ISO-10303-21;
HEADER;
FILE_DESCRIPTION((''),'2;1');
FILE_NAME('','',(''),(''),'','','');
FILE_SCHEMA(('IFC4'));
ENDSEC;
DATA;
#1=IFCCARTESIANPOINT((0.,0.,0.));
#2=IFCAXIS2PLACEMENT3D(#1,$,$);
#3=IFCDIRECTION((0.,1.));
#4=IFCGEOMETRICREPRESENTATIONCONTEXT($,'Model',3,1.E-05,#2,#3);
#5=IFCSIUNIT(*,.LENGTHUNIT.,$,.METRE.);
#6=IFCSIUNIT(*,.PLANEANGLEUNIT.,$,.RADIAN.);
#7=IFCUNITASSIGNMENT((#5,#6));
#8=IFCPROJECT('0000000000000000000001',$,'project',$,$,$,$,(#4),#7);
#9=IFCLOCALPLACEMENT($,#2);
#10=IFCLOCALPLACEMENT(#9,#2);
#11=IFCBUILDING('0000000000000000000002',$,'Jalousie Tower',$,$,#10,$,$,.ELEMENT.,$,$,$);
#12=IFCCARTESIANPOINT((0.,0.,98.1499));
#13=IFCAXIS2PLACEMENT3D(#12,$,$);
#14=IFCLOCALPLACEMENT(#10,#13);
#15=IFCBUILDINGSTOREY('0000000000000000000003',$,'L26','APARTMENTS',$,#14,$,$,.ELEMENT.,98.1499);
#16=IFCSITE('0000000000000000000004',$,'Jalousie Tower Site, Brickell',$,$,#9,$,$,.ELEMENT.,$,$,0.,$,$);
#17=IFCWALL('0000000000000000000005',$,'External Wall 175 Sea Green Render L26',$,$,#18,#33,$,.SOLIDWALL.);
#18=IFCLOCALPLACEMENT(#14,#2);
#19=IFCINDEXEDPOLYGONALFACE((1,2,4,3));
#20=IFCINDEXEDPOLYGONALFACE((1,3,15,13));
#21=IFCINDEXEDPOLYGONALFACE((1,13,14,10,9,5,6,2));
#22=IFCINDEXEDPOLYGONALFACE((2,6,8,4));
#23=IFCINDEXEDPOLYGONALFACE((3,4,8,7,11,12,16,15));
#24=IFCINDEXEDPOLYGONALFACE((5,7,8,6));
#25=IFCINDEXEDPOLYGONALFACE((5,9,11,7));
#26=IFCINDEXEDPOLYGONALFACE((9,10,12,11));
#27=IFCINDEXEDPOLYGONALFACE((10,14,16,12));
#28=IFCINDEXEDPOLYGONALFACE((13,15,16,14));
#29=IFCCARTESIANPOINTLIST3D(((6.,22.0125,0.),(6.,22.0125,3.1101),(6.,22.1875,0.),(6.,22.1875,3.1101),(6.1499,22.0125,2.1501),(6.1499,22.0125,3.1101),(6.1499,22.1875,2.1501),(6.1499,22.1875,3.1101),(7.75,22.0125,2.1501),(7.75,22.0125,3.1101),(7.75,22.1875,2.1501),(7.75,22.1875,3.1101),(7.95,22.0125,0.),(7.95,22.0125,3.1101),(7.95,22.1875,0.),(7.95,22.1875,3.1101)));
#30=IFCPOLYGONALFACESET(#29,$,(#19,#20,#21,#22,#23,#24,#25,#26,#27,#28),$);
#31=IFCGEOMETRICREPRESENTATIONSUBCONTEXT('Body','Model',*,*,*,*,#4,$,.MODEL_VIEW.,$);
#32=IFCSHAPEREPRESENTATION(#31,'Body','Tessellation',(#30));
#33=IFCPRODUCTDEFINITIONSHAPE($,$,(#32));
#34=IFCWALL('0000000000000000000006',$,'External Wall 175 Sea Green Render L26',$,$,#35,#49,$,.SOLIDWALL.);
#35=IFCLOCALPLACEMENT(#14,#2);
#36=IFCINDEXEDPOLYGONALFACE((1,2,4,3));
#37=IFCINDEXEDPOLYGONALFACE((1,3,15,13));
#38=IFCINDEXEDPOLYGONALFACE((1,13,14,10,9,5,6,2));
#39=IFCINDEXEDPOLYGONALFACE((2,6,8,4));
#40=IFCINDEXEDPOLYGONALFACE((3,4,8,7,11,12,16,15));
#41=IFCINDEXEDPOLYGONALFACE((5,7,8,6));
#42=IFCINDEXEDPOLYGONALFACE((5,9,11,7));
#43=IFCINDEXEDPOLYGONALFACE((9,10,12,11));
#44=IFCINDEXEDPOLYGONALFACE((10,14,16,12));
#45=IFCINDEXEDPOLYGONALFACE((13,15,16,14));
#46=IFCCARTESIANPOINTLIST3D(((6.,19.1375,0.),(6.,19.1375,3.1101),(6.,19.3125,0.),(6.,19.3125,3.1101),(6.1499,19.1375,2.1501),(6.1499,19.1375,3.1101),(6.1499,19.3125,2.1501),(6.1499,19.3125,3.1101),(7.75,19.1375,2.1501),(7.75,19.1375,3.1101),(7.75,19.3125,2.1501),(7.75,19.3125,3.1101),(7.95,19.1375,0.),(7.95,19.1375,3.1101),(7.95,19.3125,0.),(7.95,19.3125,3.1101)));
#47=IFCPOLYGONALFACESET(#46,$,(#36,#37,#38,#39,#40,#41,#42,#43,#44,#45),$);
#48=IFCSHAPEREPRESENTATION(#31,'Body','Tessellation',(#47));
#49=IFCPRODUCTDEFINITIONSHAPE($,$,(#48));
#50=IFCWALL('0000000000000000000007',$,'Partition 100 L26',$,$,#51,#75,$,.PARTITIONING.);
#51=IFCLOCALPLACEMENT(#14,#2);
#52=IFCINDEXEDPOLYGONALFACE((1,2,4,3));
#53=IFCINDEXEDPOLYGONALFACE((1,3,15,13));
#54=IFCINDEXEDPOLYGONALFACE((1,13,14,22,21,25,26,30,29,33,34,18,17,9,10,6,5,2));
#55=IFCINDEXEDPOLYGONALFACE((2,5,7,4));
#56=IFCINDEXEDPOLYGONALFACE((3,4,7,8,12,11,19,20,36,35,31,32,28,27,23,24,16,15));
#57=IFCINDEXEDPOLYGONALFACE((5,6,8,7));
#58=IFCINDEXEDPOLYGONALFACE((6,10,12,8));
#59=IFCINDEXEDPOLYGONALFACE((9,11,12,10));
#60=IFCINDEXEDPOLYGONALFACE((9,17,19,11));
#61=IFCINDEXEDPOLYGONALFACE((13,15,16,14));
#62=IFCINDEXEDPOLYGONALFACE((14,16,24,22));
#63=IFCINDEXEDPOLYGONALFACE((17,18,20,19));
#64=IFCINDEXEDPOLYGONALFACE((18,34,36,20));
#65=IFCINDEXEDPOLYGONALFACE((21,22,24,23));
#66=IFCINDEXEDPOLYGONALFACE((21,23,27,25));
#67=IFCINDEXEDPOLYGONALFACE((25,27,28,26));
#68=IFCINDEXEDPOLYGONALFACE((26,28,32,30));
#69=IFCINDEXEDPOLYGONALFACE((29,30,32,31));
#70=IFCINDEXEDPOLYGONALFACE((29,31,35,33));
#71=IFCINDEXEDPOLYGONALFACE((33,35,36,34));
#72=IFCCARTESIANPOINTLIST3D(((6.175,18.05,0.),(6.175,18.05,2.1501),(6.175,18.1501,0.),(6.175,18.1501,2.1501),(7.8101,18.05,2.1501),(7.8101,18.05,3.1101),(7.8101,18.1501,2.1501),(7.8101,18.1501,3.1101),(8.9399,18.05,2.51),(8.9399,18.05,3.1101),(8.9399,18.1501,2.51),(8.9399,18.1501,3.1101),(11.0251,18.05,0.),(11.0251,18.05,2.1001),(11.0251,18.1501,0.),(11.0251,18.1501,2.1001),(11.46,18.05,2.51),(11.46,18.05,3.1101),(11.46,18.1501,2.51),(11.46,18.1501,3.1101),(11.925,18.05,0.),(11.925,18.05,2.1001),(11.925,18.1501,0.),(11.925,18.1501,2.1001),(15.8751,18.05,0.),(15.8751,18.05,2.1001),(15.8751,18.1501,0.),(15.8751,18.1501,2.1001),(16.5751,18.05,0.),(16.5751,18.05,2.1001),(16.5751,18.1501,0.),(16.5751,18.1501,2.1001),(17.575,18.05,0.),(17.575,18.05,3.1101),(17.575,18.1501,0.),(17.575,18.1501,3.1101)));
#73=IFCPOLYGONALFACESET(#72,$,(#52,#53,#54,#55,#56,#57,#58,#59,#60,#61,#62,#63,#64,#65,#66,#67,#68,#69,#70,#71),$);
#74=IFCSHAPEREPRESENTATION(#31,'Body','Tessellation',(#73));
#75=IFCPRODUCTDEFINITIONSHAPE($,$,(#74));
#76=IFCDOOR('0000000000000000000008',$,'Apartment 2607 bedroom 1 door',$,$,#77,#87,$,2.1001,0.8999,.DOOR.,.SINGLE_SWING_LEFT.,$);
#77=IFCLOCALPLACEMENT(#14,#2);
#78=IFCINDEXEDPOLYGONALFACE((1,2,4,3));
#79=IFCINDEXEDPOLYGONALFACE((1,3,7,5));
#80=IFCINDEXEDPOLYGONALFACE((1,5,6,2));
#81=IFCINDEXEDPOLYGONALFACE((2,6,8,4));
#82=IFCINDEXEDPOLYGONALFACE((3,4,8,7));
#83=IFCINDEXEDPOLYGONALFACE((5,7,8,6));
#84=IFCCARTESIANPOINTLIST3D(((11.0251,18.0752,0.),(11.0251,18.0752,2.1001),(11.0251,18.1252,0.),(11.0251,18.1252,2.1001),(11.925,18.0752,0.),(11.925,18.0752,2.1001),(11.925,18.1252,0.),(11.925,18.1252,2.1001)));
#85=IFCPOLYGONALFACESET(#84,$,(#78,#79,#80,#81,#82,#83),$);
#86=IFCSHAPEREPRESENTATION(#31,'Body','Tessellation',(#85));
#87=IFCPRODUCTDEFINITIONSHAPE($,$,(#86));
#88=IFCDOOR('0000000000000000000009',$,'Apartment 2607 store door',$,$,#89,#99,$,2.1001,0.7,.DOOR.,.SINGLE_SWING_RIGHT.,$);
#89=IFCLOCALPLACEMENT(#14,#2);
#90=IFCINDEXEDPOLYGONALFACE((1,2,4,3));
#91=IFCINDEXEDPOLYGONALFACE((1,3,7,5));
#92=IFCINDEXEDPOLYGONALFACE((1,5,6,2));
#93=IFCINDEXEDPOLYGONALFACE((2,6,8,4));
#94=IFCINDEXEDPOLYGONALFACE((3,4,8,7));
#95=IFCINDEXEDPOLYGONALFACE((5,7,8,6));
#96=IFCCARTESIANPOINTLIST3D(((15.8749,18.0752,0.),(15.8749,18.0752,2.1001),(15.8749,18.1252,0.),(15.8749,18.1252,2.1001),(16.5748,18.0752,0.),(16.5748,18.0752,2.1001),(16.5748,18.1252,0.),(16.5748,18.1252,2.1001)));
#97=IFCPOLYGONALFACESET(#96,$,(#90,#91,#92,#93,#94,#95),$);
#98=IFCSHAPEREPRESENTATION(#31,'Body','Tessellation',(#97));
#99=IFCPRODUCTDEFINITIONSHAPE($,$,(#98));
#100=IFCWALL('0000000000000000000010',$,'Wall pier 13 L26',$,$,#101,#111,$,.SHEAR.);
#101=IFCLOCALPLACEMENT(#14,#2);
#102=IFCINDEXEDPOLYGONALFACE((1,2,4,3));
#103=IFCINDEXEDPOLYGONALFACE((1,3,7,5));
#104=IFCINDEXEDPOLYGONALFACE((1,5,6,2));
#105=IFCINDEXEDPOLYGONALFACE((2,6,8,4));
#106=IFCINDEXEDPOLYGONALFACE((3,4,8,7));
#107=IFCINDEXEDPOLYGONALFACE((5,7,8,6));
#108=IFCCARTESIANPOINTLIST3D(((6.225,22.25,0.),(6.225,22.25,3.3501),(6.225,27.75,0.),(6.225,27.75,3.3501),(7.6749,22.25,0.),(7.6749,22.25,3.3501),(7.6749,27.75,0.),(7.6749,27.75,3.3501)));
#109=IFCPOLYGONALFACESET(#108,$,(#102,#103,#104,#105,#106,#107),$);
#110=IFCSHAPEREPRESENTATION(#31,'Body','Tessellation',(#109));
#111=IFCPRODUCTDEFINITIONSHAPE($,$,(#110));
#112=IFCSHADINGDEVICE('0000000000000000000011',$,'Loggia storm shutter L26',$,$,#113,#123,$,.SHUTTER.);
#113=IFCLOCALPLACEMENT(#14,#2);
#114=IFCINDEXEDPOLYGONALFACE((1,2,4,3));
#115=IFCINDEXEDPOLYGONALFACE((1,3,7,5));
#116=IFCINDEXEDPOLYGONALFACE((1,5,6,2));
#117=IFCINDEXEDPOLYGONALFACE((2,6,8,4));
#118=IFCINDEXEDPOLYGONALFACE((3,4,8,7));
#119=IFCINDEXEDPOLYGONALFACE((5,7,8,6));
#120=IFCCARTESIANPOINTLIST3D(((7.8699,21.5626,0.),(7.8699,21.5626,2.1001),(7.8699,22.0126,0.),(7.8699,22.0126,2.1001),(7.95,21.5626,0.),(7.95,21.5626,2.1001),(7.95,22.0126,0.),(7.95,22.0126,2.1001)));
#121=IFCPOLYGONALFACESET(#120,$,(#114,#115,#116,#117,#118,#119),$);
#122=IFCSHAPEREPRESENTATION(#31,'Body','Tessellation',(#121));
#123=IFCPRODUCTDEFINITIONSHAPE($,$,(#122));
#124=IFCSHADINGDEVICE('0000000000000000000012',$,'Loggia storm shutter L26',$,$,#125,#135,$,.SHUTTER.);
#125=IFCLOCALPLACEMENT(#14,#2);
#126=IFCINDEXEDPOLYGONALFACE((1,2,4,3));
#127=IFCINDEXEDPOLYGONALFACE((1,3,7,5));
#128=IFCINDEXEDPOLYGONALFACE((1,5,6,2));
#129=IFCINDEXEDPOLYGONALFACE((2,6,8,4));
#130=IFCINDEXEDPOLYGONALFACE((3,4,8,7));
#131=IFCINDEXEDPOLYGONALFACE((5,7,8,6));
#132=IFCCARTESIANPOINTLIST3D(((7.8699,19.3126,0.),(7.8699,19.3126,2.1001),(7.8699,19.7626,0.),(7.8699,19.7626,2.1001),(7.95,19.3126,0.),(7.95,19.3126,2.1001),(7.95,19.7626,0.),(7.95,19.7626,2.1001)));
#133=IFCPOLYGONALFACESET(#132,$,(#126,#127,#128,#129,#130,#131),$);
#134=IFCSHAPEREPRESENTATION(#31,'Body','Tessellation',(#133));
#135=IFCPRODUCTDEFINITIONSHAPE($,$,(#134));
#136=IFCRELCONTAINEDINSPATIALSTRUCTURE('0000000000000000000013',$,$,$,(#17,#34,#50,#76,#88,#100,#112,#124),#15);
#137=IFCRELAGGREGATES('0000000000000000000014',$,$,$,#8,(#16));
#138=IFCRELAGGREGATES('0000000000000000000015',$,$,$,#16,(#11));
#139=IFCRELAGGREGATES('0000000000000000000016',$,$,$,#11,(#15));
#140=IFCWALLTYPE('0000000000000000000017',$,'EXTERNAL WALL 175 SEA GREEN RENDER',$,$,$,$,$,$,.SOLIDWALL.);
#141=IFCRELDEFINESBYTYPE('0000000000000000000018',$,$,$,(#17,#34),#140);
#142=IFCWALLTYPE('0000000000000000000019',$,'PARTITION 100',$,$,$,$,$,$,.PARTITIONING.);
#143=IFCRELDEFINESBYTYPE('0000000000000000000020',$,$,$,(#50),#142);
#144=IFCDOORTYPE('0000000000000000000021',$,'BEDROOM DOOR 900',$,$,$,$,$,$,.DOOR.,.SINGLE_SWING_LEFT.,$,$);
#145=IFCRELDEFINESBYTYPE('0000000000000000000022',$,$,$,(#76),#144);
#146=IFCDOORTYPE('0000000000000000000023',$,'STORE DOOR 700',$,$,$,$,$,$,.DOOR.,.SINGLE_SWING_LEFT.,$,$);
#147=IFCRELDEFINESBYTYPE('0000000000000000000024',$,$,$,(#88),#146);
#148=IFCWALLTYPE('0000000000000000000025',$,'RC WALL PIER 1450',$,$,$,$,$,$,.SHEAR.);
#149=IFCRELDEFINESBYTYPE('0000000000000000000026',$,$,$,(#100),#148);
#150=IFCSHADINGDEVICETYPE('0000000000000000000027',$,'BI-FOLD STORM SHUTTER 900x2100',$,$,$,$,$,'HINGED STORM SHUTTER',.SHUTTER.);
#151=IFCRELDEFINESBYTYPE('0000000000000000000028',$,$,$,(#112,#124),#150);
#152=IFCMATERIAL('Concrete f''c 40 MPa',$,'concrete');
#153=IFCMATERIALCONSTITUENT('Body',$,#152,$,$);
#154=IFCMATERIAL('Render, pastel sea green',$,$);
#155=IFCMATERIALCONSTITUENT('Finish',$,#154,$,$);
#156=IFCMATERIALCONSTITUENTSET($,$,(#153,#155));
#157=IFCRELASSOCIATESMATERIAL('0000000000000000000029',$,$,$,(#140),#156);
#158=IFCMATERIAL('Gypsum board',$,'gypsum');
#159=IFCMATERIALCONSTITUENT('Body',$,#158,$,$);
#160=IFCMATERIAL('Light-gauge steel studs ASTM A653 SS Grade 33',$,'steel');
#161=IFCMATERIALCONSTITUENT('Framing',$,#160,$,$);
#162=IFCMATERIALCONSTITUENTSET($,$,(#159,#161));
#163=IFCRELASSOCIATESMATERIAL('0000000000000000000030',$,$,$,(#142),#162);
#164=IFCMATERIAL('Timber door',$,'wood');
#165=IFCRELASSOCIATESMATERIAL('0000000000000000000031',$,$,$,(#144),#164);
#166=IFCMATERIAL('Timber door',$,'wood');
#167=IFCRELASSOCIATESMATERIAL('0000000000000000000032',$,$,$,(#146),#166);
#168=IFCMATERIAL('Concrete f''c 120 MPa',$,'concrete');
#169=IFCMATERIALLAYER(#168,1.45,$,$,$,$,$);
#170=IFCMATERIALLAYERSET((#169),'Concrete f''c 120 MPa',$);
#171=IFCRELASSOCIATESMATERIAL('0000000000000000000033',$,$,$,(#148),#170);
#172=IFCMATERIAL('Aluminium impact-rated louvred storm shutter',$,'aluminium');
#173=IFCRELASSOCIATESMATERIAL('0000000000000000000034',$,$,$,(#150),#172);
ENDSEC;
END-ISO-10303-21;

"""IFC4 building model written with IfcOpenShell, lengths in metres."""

from ifc_helpers import new_model, si_unit, direction, frame, frame_2d, origin, origin_2d, place, context, subcontext, project, spatial, polyline, rectangle, outline, extrude, material, layer, layer_set, constituent, constituent_set, type_object, element, fill, save


model = new_model("IFC4")

# Units and contexts
model_context = context("Model", 3, precision=1e-05, world=origin(), true_north=direction((0.0, 1.0)))
body_context = subcontext(model_context, "Body", "Model", "MODEL_VIEW")
ifc_project = project(units=[si_unit("LENGTHUNIT", "METRE"), si_unit("PLANEANGLEUNIT", "RADIAN")], contexts=[model_context])

# Site, building, storey
site_placement = place(None, origin())
site = spatial("IfcSite", under=ifc_project, at=site_placement, Name="Jalousie Tower Site, Brickell", CompositionType="ELEMENT", RefElevation=0.0)
building_placement = place(site_placement, origin())
building = spatial("IfcBuilding", under=site, at=building_placement, Name="Jalousie Tower", CompositionType="ELEMENT")
storey_placement = place(building_placement, frame((0.0, 0.0, 98.1499)))
storey = spatial("IfcBuildingStorey", under=building, at=storey_placement, Name="L26", Description="APARTMENTS", CompositionType="ELEMENT", Elevation=98.1499)

# Shared definitions
ifc_material_1 = material(Name="Concrete f'c 40 MPa", Category="concrete")
ifc_constituent_1 = constituent(ifc_material_1, Name="Body")
ifc_material_2 = material(Name="Render, pastel sea green")
ifc_constituent_2 = constituent(ifc_material_2, Name="Finish")
ifc_constituent_set_1 = constituent_set(constituents=[ifc_constituent_1, ifc_constituent_2])
wall_type_1 = type_object("IfcWallType", Name="EXTERNAL WALL 175 SEA GREEN RENDER", PredefinedType="SOLIDWALL", material=ifc_constituent_set_1)

# Walls
for number, where, z_axis, x_axis, name in (
    (1, (6.0, 22.1001, 0.0), (0.0, 0.0, 1.0), (1.0, 0.0, 0.0), "External Wall 175 Sea Green Render L26"),
    (2, (6.0, 19.2251, 0.0), (0.0, 0.0, 1.0), (1.0, 0.0, 0.0), "External Wall 175 Sea Green Render L26"),
):
    element("IfcWall", number, at=place(storey_placement, frame(where, z_axis=z_axis, x_axis=x_axis)), inside=storey, type_object=wall_type_1, Name=name, PredefinedType="SOLIDWALL", context=body_context, shape_type="SweptSolid", body=[
        extrude(outline(polyline([(0.0, 0.0), (1.95, 0.0), (1.95, 3.1101), (1.75, 3.1101), (1.75, 2.1501), (0.1499, 2.1501), (0.1499, 3.1101), (0.0, 3.1101), (0.0, 0.0)])), frame((0.0, 0.0874, 0.0), z_axis=(0.0, -1.0, 0.0), x_axis=(1.0, 0.0, 0.0)), (0.0, 0.0, 1.0), 0.175),
    ])

# Wall, openings, doors
ifc_material_3 = material(Name="Gypsum board", Category="gypsum")
ifc_constituent_3 = constituent(ifc_material_3, Name="Body")
ifc_material_4 = material(Name="Light-gauge steel studs ASTM A653 SS Grade 33", Category="steel")
ifc_constituent_4 = constituent(ifc_material_4, Name="Framing")
ifc_constituent_set_2 = constituent_set(constituents=[ifc_constituent_3, ifc_constituent_4])
wall_type_2 = type_object("IfcWallType", Name="PARTITION 100", PredefinedType="PARTITIONING", material=ifc_constituent_set_2)
wall_1_placement = place(storey_placement, frame((6.175, 18.1001, 0.0), z_axis=(0.0, 0.0, 1.0), x_axis=(1.0, 0.0, 0.0)))
wall_1 = element("IfcWall", 3, at=wall_1_placement, inside=storey, type_object=wall_type_2, Name="Partition 100 L26", PredefinedType="PARTITIONING", context=body_context, shape_type="SweptSolid", body=[
    extrude(outline(polyline([(0.0, 0.0), (11.3999, 0.0), (11.3999, 3.1101), (5.2849, 3.1101), (5.2849, 2.51), (2.7649, 2.51), (2.7649, 3.1101), (1.635, 3.1101), (1.635, 2.1501), (0.0, 2.1501), (0.0, 3.1101), (0.0, 0.0)])), frame((0.0, 0.05, 0.0), z_axis=(0.0, -1.0, 0.0), x_axis=(1.0, 0.0, 0.0)), (0.0, 0.0, 1.0), 0.1001),
])
opening_1_placement = place(wall_1_placement, frame((4.8501, 0.0, 0.0)))
opening_1 = element("IfcOpeningElement", 4, at=opening_1_placement, cuts=wall_1, PredefinedType="OPENING", context=body_context, shape_type="SweptSolid", body=[
    extrude(rectangle(XDim=0.8999, YDim=2.1001, at=frame_2d((0.45, 1.05))), frame((0.0, 0.0601, 0.0), z_axis=(0.0, -1.0, 0.0), x_axis=(1.0, 0.0, 0.0)), (0.0, 0.0, 1.0), 0.1201),
])
opening_2_placement = place(wall_1_placement, frame((9.7, 0.0, 0.0)))
opening_2 = element("IfcOpeningElement", 5, at=opening_2_placement, cuts=wall_1, PredefinedType="OPENING", context=body_context, shape_type="SweptSolid", body=[
    extrude(rectangle(XDim=0.7, YDim=2.1001, at=frame_2d((0.3501, 1.05))), frame((0.0, 0.0601, 0.0), z_axis=(0.0, -1.0, 0.0), x_axis=(1.0, 0.0, 0.0)), (0.0, 0.0, 1.0), 0.1201),
])
ifc_material_5 = material(Name="Timber door", Category="wood")
door_type_1 = type_object("IfcDoorType", Name="BEDROOM DOOR 900", OperationType="SINGLE_SWING_LEFT", PredefinedType="DOOR", material=ifc_material_5)
door_1_placement = place(opening_1_placement, frame((0.8999, 0.0, 0.0), z_axis=(0.0, 0.0, 1.0), x_axis=(-1.0, 0.0, 0.0)))
door_1 = element("IfcDoor", 6, at=door_1_placement, inside=storey, type_object=door_type_1, Name="Apartment 2607 bedroom 1 door", OperationType="SINGLE_SWING_LEFT", OverallHeight=2.1001, OverallWidth=0.8999, PredefinedType="DOOR", context=body_context, shape_type="SweptSolid", body=[
    extrude(rectangle(XDim=0.8999, YDim=2.1001, at=frame_2d((0.45, 1.05))), frame((0.0, 0.0249, 0.0), z_axis=(0.0, -1.0, 0.0), x_axis=(1.0, 0.0, 0.0)), (0.0, 0.0, 1.0), 0.05),
])
fill(opening_1, door_1)
ifc_material_6 = material(Name="Timber door", Category="wood")
door_type_2 = type_object("IfcDoorType", Name="STORE DOOR 700", OperationType="SINGLE_SWING_LEFT", PredefinedType="DOOR", material=ifc_material_6)
door_2_placement = place(opening_2_placement, frame((0.7, 0.0, 0.0), z_axis=(0.0, 0.0, 1.0), x_axis=(-1.0, 0.0, 0.0)))
door_2 = element("IfcDoor", 7, at=door_2_placement, inside=storey, type_object=door_type_2, Name="Apartment 2607 store door", OperationType="SINGLE_SWING_RIGHT", OverallHeight=2.1001, OverallWidth=0.7, PredefinedType="DOOR", context=body_context, shape_type="SweptSolid", body=[
    extrude(rectangle(XDim=0.7, YDim=2.1001, at=frame_2d((0.3501, 1.05))), frame((0.0, 0.0249, 0.0), z_axis=(0.0, -1.0, 0.0), x_axis=(1.0, 0.0, 0.0)), (0.0, 0.0, 1.0), 0.05),
])
fill(opening_2, door_2)

# Wall
ifc_material_7 = material(Name="Concrete f'c 120 MPa", Category="concrete")
ifc_layer_1 = layer(ifc_material_7, 1.45)
ifc_layer_set_1 = layer_set([ifc_layer_1], Name="Concrete f'c 120 MPa")
wall_type_3 = type_object("IfcWallType", Name="RC WALL PIER 1450", PredefinedType="SHEAR", material=ifc_layer_set_1)
wall_2_placement = place(storey_placement, frame((6.95, 22.25, 0.0), z_axis=(0.0, 0.0, 1.0), x_axis=(0.0, 1.0, 0.0)))
element("IfcWall", 8, at=wall_2_placement, inside=storey, type_object=wall_type_3, Name="Wall pier 13 L26", PredefinedType="SHEAR", context=body_context, shape_type="SweptSolid", body=[
    extrude(rectangle(XDim=5.5, YDim=1.45, at=frame_2d((2.75, 0.0))), origin(), (0.0, 0.0, 1.0), 3.3501),
])

# Shading devices
ifc_material_8 = material(Name="Aluminium impact-rated louvred storm shutter", Category="aluminium")
shading_device_type_1 = type_object("IfcShadingDeviceType", Name="BI-FOLD STORM SHUTTER 900x2100", ElementType="HINGED STORM SHUTTER", PredefinedType="SHUTTER", material=ifc_material_8)
for number, where, z_axis, x_axis, name in (
    (9, (7.9099, 21.7876, 0.0), (0.0, 0.0, 1.0), (0.0, -1.0, 0.0), "Loggia storm shutter L26"),
    (10, (7.9099, 19.5376, 0.0), (0.0, 0.0, 1.0), (0.0, -1.0, 0.0), "Loggia storm shutter L26"),
):
    element("IfcShadingDevice", number, at=place(storey_placement, frame(where, z_axis=z_axis, x_axis=x_axis)), inside=storey, type_object=shading_device_type_1, Name=name, PredefinedType="SHUTTER", context=body_context, shape_type="SweptSolid", body=[
        extrude(rectangle(XDim=0.45, YDim=0.0801, at=origin_2d()), origin(), (0.0, 0.0, 1.0), 2.1001),
    ])

save(model, "model.ifc")
